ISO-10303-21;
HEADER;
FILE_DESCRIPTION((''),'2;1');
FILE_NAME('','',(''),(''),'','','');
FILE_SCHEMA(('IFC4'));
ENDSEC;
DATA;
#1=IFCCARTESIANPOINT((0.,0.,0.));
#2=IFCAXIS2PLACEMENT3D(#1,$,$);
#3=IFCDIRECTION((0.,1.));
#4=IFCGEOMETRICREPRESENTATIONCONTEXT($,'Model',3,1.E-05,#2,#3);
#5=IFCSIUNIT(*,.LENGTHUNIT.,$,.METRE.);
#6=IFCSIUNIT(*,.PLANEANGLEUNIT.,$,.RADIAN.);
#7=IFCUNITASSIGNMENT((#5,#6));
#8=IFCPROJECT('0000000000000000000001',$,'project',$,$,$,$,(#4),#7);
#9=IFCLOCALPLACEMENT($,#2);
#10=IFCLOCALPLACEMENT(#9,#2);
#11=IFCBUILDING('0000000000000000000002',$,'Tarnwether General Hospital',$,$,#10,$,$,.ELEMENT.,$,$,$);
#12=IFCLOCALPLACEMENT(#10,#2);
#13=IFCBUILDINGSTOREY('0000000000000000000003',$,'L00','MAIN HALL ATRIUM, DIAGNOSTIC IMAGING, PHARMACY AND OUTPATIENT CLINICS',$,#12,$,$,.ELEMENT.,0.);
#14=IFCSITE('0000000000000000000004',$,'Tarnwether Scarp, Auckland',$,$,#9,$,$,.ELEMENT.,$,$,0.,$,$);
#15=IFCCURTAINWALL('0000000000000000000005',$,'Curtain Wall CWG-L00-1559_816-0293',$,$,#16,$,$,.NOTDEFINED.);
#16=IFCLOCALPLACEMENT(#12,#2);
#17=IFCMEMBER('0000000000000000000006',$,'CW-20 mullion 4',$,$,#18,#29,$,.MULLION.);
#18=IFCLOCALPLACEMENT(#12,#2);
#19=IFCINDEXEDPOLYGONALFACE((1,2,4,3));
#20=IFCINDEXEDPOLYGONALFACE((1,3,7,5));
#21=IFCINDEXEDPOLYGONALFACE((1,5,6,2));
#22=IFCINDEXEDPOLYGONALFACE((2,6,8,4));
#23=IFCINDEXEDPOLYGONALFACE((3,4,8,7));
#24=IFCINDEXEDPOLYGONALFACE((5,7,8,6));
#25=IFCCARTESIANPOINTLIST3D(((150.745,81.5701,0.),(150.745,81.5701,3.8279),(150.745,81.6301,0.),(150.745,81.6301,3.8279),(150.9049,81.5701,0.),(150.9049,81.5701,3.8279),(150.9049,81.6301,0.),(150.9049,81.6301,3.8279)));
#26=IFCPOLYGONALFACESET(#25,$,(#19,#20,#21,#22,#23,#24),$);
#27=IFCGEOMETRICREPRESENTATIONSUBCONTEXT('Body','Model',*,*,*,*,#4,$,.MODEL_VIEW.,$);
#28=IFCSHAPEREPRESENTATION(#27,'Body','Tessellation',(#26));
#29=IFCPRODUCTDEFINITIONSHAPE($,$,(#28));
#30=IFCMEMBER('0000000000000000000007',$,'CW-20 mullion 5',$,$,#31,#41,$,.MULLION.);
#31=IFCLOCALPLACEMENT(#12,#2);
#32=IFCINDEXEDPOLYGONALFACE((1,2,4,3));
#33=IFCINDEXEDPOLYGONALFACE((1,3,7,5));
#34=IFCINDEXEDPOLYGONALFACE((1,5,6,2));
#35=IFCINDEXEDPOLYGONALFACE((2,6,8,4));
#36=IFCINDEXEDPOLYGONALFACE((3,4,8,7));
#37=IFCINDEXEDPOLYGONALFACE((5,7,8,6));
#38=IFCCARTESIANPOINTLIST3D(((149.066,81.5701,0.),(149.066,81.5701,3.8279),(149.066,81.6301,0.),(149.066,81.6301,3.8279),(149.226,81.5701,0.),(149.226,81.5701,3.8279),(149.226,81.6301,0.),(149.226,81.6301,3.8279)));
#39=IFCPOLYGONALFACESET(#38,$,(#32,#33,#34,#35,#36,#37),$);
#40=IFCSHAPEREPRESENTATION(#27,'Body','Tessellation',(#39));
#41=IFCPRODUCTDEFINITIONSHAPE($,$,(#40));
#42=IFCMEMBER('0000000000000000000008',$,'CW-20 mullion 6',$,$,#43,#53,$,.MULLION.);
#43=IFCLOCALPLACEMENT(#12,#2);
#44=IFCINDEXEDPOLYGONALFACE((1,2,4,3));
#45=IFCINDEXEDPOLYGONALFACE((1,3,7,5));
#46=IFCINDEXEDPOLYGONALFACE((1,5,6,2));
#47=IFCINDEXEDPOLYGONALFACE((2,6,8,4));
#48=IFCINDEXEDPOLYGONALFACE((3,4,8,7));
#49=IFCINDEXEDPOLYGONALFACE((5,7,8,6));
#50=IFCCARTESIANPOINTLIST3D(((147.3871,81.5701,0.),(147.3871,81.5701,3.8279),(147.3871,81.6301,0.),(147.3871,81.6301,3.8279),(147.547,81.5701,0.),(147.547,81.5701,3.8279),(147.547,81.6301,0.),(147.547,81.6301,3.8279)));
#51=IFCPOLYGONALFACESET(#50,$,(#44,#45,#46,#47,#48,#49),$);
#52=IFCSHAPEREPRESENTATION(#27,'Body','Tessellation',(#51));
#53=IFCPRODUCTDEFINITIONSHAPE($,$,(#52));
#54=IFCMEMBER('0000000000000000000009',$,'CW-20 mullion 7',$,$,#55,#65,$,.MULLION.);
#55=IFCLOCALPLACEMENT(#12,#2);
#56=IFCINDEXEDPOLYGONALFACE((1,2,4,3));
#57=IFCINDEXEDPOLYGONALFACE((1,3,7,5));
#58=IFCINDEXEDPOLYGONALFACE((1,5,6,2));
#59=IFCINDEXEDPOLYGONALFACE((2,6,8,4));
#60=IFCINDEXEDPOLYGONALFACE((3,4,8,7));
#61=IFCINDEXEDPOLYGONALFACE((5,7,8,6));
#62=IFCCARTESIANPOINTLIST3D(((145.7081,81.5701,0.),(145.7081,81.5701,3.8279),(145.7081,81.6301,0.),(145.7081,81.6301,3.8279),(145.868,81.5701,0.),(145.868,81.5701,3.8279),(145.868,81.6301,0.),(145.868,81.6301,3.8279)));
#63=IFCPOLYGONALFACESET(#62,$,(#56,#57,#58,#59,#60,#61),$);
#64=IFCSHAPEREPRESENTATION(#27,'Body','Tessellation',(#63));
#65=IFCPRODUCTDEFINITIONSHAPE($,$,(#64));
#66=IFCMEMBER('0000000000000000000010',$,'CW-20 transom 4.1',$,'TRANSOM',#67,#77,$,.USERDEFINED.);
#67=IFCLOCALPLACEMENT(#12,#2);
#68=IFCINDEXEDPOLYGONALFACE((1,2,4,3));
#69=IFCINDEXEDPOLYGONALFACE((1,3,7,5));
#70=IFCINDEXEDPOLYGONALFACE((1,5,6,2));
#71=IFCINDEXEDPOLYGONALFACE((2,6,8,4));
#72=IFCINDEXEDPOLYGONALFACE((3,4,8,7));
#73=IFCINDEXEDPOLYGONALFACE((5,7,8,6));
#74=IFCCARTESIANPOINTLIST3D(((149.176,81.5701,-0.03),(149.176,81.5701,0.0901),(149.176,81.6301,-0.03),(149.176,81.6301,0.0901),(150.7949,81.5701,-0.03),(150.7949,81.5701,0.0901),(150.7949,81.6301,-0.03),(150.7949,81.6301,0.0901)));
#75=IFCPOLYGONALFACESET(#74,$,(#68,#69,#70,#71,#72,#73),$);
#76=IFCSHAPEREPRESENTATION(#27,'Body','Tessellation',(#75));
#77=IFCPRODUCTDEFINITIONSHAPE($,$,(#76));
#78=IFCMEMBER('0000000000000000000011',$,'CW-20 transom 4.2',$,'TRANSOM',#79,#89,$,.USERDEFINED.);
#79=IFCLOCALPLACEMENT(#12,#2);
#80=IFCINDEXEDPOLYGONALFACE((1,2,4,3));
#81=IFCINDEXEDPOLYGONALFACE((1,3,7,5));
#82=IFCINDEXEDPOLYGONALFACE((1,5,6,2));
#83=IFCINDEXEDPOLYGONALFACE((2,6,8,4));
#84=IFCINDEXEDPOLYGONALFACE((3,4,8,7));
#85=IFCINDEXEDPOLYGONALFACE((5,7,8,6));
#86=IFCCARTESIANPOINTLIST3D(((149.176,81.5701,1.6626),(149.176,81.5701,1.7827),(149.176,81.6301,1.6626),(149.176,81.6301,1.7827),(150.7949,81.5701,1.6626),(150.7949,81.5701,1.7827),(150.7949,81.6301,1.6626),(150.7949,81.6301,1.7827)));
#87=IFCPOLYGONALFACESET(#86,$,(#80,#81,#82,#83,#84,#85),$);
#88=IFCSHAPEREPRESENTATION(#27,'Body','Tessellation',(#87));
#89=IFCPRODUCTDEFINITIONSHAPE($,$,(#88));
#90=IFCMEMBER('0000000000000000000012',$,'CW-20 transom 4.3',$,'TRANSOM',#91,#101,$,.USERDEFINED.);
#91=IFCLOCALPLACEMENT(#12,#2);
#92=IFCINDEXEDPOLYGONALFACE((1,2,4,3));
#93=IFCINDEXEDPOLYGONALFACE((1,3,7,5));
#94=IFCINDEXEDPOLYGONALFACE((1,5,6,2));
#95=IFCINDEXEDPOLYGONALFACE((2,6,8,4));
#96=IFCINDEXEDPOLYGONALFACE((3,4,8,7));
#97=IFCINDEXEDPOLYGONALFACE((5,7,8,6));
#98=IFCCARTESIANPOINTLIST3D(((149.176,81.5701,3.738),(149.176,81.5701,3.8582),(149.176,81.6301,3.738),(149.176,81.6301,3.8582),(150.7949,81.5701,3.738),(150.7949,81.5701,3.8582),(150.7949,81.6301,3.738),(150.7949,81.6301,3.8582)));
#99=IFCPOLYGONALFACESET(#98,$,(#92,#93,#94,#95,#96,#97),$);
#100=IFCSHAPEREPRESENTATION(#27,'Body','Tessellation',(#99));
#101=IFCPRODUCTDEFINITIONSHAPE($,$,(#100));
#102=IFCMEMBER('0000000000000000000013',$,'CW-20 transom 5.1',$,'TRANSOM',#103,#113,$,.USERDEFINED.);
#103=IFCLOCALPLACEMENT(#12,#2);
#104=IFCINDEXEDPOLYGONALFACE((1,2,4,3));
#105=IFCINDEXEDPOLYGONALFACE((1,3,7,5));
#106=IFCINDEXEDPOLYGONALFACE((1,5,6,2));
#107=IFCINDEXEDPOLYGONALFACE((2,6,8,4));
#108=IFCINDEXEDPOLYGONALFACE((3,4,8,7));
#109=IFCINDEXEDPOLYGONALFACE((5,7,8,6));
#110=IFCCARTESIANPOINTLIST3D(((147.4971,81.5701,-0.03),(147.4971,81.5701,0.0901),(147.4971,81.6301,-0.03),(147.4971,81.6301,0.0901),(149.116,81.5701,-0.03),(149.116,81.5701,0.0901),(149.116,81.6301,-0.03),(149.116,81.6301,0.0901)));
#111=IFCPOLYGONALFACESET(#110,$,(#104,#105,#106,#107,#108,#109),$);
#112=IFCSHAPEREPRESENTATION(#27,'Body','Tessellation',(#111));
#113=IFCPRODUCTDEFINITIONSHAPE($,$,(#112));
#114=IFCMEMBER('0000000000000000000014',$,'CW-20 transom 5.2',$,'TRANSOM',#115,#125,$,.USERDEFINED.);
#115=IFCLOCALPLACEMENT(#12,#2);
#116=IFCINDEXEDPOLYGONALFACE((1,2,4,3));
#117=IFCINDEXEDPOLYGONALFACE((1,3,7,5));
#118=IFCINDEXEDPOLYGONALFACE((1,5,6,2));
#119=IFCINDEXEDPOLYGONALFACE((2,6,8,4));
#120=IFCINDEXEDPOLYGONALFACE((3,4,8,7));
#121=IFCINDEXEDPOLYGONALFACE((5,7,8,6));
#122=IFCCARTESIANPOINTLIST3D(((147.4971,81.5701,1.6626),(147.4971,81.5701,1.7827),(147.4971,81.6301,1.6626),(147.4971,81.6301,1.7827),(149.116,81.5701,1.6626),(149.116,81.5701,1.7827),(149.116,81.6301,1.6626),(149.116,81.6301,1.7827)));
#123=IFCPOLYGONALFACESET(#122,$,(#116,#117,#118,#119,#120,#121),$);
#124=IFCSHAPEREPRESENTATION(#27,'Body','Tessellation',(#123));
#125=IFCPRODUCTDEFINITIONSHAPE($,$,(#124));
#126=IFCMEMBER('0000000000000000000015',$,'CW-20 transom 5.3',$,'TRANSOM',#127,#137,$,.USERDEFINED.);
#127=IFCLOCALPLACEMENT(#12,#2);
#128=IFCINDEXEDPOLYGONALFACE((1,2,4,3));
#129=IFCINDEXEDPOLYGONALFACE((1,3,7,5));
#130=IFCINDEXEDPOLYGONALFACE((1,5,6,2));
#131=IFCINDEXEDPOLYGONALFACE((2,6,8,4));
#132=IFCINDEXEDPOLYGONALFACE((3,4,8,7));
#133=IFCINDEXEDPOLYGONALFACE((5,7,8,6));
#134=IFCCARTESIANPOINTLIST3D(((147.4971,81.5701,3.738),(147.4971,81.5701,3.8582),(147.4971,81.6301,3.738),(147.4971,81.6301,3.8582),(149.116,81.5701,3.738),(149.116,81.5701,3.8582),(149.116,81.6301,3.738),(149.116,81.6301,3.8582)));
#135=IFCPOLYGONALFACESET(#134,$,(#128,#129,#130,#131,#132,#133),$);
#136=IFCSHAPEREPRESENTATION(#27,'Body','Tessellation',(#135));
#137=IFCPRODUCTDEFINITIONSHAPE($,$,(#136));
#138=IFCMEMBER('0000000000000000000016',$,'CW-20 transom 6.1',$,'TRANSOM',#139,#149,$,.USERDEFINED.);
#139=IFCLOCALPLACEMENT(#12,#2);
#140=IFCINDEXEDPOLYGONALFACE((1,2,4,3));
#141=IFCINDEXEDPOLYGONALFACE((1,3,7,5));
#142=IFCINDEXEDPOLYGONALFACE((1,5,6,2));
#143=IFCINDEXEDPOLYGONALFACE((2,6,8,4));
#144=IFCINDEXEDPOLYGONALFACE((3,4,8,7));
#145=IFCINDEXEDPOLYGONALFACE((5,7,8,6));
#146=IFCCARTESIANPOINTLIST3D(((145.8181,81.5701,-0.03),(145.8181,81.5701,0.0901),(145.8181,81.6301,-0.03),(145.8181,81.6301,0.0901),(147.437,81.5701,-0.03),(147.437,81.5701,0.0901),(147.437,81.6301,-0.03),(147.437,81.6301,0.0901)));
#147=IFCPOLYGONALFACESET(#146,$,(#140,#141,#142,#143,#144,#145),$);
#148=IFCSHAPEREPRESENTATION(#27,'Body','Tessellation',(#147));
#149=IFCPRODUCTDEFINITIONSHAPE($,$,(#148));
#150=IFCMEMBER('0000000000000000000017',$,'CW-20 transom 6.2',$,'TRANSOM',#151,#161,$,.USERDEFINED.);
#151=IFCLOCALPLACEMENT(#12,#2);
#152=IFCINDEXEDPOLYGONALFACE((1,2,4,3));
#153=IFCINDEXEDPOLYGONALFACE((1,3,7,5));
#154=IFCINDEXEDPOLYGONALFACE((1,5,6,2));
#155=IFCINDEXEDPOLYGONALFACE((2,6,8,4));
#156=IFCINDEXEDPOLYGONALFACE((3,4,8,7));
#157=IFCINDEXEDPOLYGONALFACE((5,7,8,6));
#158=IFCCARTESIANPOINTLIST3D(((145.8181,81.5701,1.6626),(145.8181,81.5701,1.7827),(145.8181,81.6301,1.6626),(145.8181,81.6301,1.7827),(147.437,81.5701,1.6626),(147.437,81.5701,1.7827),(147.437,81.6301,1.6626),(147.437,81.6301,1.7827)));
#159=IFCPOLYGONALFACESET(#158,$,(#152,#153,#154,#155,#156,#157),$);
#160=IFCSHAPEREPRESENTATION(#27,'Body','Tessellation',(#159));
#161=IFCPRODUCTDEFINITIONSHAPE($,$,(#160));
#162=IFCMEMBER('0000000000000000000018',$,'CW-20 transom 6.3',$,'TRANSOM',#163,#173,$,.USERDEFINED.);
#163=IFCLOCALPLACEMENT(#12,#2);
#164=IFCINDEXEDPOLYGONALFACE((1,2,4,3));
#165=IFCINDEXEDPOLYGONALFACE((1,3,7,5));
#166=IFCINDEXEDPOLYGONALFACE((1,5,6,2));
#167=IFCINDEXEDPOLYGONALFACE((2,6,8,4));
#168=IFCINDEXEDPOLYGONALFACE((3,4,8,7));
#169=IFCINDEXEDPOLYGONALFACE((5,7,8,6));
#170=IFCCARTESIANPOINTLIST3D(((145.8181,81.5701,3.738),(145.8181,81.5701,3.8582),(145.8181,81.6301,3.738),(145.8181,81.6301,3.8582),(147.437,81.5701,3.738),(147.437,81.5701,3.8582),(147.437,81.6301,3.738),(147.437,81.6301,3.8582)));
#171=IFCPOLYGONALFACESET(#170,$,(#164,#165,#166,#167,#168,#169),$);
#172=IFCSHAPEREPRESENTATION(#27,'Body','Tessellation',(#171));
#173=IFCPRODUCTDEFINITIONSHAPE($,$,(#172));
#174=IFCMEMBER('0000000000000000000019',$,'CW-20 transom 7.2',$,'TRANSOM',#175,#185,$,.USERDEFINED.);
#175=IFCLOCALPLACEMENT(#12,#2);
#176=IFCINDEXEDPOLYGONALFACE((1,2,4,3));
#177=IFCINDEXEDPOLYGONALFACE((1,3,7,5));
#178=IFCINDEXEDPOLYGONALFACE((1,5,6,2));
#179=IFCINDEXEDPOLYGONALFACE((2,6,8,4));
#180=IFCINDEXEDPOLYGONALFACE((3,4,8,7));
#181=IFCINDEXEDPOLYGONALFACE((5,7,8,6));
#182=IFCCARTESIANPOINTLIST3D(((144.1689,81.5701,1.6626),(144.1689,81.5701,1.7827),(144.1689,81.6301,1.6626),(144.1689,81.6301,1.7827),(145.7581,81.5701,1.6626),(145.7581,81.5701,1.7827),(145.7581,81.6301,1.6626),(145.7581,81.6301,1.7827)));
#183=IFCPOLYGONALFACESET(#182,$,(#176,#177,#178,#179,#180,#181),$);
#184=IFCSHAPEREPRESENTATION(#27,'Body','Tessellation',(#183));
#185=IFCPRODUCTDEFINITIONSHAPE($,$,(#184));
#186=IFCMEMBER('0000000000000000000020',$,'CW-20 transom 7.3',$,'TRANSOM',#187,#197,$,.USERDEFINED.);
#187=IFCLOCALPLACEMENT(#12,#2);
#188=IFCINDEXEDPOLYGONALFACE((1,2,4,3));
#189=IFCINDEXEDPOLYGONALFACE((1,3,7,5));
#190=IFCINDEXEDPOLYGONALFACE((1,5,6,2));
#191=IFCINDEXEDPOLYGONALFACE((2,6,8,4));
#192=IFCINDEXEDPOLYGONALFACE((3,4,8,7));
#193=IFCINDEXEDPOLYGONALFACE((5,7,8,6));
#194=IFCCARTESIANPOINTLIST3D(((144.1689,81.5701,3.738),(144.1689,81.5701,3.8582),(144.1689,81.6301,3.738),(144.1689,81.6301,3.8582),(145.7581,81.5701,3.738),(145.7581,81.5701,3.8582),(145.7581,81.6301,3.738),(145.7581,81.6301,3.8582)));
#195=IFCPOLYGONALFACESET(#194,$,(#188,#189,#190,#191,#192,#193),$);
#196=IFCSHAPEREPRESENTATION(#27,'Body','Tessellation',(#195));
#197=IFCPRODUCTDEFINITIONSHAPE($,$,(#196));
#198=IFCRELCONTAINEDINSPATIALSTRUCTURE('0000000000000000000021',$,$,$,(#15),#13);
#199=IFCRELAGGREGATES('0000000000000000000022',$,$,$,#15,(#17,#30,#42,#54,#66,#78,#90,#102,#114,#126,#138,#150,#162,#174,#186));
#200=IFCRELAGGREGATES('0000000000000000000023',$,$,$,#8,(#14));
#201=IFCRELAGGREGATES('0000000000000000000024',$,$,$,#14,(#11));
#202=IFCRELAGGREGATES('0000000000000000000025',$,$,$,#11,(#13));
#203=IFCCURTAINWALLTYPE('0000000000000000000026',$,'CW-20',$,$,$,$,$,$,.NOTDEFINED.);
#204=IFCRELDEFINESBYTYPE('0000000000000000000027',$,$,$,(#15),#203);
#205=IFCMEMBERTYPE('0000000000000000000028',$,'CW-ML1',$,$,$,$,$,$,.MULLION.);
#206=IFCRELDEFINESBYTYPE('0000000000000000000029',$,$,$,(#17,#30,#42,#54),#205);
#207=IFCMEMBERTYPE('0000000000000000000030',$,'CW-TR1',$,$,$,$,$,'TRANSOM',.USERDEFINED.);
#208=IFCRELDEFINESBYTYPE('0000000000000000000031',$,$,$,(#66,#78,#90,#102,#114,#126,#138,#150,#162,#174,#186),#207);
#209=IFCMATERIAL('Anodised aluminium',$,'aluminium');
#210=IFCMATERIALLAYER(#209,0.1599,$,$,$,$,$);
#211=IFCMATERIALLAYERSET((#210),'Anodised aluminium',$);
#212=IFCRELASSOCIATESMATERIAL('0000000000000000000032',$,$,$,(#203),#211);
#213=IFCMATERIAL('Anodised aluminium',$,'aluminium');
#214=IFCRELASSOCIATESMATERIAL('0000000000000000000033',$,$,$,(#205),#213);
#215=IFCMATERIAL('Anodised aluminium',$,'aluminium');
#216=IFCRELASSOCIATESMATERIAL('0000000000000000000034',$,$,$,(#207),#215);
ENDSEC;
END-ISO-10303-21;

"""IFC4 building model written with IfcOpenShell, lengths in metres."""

from ifc_helpers import new_model, si_unit, direction, frame, origin, origin_2d, place, context, subcontext, project, spatial, rectangle, extrude, material, layer, layer_set, material_profile, profile_set, type_object, element, aggregate, save


model = new_model("IFC4")

# Units and contexts
model_context = context("Model", 3, precision=1e-05, world=origin(), true_north=direction((0.0, 1.0)))
body_context = subcontext(model_context, "Body", "Model", "MODEL_VIEW")
ifc_project = project(units=[si_unit("LENGTHUNIT", "METRE"), si_unit("PLANEANGLEUNIT", "RADIAN")], contexts=[model_context])

# Site, building, storey
site_placement = place(None, origin())
site = spatial("IfcSite", under=ifc_project, at=site_placement, Name="Tarnwether Scarp, Auckland", CompositionType="ELEMENT", RefElevation=0.0)
building_placement = place(site_placement, origin())
building = spatial("IfcBuilding", under=site, at=building_placement, Name="Tarnwether General Hospital", CompositionType="ELEMENT")
storey_placement = place(building_placement, origin())
storey = spatial("IfcBuildingStorey", under=building, at=storey_placement, Name="L00", Description="MAIN HALL ATRIUM, DIAGNOSTIC IMAGING, PHARMACY AND OUTPATIENT CLINICS", CompositionType="ELEMENT", Elevation=0.0)

# Curtain wall, members
ifc_material_1 = material(Name="Anodised aluminium", Category="aluminium")
ifc_layer_1 = layer(ifc_material_1, 0.1599)
ifc_layer_set_1 = layer_set([ifc_layer_1], Name="Anodised aluminium")
curtain_wall_type = type_object("IfcCurtainWallType", Name="CW-20", PredefinedType="NOTDEFINED", material=ifc_layer_set_1)
curtain_wall_placement = place(storey_placement, origin())
curtain_wall = element("IfcCurtainWall", 1, at=curtain_wall_placement, inside=storey, type_object=curtain_wall_type, Name="Curtain Wall CWG-L00-1559_816-0293", PredefinedType="NOTDEFINED")
ifc_material_2 = material(Name="Anodised aluminium", Category="aluminium")
ifc_material_profile_1 = material_profile(ifc_material_2, rectangle(XDim=0.0601, YDim=0.1599, at=origin_2d()), Name="ALU-MUL-60x160")
ifc_profile_set_1 = profile_set([ifc_material_profile_1], Name="Anodised aluminium")
member_type_1 = type_object("IfcMemberType", Name="CW-ML1", PredefinedType="MULLION", material=ifc_profile_set_1)
member_1_placement = place(storey_placement, frame((150.825, 81.6001, 0.0), z_axis=(0.0, 0.0, 1.0), x_axis=(0.0, -1.0, 0.0)))
member_1 = element("IfcMember", 2, at=member_1_placement, type_object=member_type_1, Name="CW-20 mullion 4", PredefinedType="MULLION", context=body_context, shape_type="SweptSolid", body=[
    extrude(rectangle(XDim=0.0601, YDim=0.1599, at=origin_2d()), origin(), (0.0, 0.0, 1.0), 3.8279),
])
member_2_placement = place(storey_placement, frame((149.146, 81.6001, 0.0), z_axis=(0.0, 0.0, 1.0), x_axis=(0.0, -1.0, 0.0)))
member_2 = element("IfcMember", 3, at=member_2_placement, type_object=member_type_1, Name="CW-20 mullion 5", PredefinedType="MULLION", context=body_context, shape_type="SweptSolid", body=[
    extrude(rectangle(XDim=0.0601, YDim=0.1599, at=origin_2d()), origin(), (0.0, 0.0, 1.0), 3.8279),
])
member_3_placement = place(storey_placement, frame((147.467, 81.6001, 0.0), z_axis=(0.0, 0.0, 1.0), x_axis=(0.0, -1.0, 0.0)))
member_3 = element("IfcMember", 4, at=member_3_placement, type_object=member_type_1, Name="CW-20 mullion 6", PredefinedType="MULLION", context=body_context, shape_type="SweptSolid", body=[
    extrude(rectangle(XDim=0.0601, YDim=0.1599, at=origin_2d()), origin(), (0.0, 0.0, 1.0), 3.8279),
])
member_4_placement = place(storey_placement, frame((145.7881, 81.6001, 0.0), z_axis=(0.0, 0.0, 1.0), x_axis=(0.0, -1.0, 0.0)))
member_4 = element("IfcMember", 5, at=member_4_placement, type_object=member_type_1, Name="CW-20 mullion 7", PredefinedType="MULLION", context=body_context, shape_type="SweptSolid", body=[
    extrude(rectangle(XDim=0.0601, YDim=0.1599, at=origin_2d()), origin(), (0.0, 0.0, 1.0), 3.8279),
])
ifc_material_3 = material(Name="Anodised aluminium", Category="aluminium")
ifc_material_profile_2 = material_profile(ifc_material_3, rectangle(XDim=0.0601, YDim=0.1201, at=origin_2d()), Name="ALU-TRN-60x120")
ifc_profile_set_2 = profile_set([ifc_material_profile_2], Name="Anodised aluminium")
member_type_2 = type_object("IfcMemberType", Name="CW-TR1", ElementType="TRANSOM", PredefinedType="USERDEFINED", material=ifc_profile_set_2)
member_5_placement = place(storey_placement, frame((150.7949, 81.6001, 0.03), z_axis=(-1.0, 0.0, 0.0), x_axis=(0.0, -1.0, 0.0)))
member_5 = element("IfcMember", 6, at=member_5_placement, type_object=member_type_2, Name="CW-20 transom 4.1", ObjectType="TRANSOM", PredefinedType="USERDEFINED", context=body_context, shape_type="SweptSolid", body=[
    extrude(rectangle(XDim=0.0601, YDim=0.1201, at=origin_2d()), origin(), (0.0, 0.0, 1.0), 1.6189),
])
member_6_placement = place(storey_placement, frame((150.7949, 81.6001, 1.7227), z_axis=(-1.0, 0.0, 0.0), x_axis=(0.0, -1.0, 0.0)))
member_6 = element("IfcMember", 7, at=member_6_placement, type_object=member_type_2, Name="CW-20 transom 4.2", ObjectType="TRANSOM", PredefinedType="USERDEFINED", context=body_context, shape_type="SweptSolid", body=[
    extrude(rectangle(XDim=0.0601, YDim=0.1201, at=origin_2d()), origin(), (0.0, 0.0, 1.0), 1.6189),
])
member_7_placement = place(storey_placement, frame((150.7949, 81.6001, 3.7981), z_axis=(-1.0, 0.0, 0.0), x_axis=(0.0, -1.0, 0.0)))
member_7 = element("IfcMember", 8, at=member_7_placement, type_object=member_type_2, Name="CW-20 transom 4.3", ObjectType="TRANSOM", PredefinedType="USERDEFINED", context=body_context, shape_type="SweptSolid", body=[
    extrude(rectangle(XDim=0.0601, YDim=0.1201, at=origin_2d()), origin(), (0.0, 0.0, 1.0), 1.6189),
])
member_8_placement = place(storey_placement, frame((149.116, 81.6001, 0.03), z_axis=(-1.0, 0.0, 0.0), x_axis=(0.0, -1.0, 0.0)))
member_8 = element("IfcMember", 9, at=member_8_placement, type_object=member_type_2, Name="CW-20 transom 5.1", ObjectType="TRANSOM", PredefinedType="USERDEFINED", context=body_context, shape_type="SweptSolid", body=[
    extrude(rectangle(XDim=0.0601, YDim=0.1201, at=origin_2d()), origin(), (0.0, 0.0, 1.0), 1.6189),
])
member_9_placement = place(storey_placement, frame((149.116, 81.6001, 1.7227), z_axis=(-1.0, 0.0, 0.0), x_axis=(0.0, -1.0, 0.0)))
member_9 = element("IfcMember", 10, at=member_9_placement, type_object=member_type_2, Name="CW-20 transom 5.2", ObjectType="TRANSOM", PredefinedType="USERDEFINED", context=body_context, shape_type="SweptSolid", body=[
    extrude(rectangle(XDim=0.0601, YDim=0.1201, at=origin_2d()), origin(), (0.0, 0.0, 1.0), 1.6189),
])
member_10_placement = place(storey_placement, frame((149.116, 81.6001, 3.7981), z_axis=(-1.0, 0.0, 0.0), x_axis=(0.0, -1.0, 0.0)))
member_10 = element("IfcMember", 11, at=member_10_placement, type_object=member_type_2, Name="CW-20 transom 5.3", ObjectType="TRANSOM", PredefinedType="USERDEFINED", context=body_context, shape_type="SweptSolid", body=[
    extrude(rectangle(XDim=0.0601, YDim=0.1201, at=origin_2d()), origin(), (0.0, 0.0, 1.0), 1.6189),
])
member_11_placement = place(storey_placement, frame((147.437, 81.6001, 0.03), z_axis=(-1.0, 0.0, 0.0), x_axis=(0.0, -1.0, 0.0)))
member_11 = element("IfcMember", 12, at=member_11_placement, type_object=member_type_2, Name="CW-20 transom 6.1", ObjectType="TRANSOM", PredefinedType="USERDEFINED", context=body_context, shape_type="SweptSolid", body=[
    extrude(rectangle(XDim=0.0601, YDim=0.1201, at=origin_2d()), origin(), (0.0, 0.0, 1.0), 1.6189),
])
member_12_placement = place(storey_placement, frame((147.437, 81.6001, 1.7227), z_axis=(-1.0, 0.0, 0.0), x_axis=(0.0, -1.0, 0.0)))
member_12 = element("IfcMember", 13, at=member_12_placement, type_object=member_type_2, Name="CW-20 transom 6.2", ObjectType="TRANSOM", PredefinedType="USERDEFINED", context=body_context, shape_type="SweptSolid", body=[
    extrude(rectangle(XDim=0.0601, YDim=0.1201, at=origin_2d()), origin(), (0.0, 0.0, 1.0), 1.6189),
])
member_13_placement = place(storey_placement, frame((147.437, 81.6001, 3.7981), z_axis=(-1.0, 0.0, 0.0), x_axis=(0.0, -1.0, 0.0)))
member_13 = element("IfcMember", 14, at=member_13_placement, type_object=member_type_2, Name="CW-20 transom 6.3", ObjectType="TRANSOM", PredefinedType="USERDEFINED", context=body_context, shape_type="SweptSolid", body=[
    extrude(rectangle(XDim=0.0601, YDim=0.1201, at=origin_2d()), origin(), (0.0, 0.0, 1.0), 1.6189),
])
member_14_placement = place(storey_placement, frame((145.7581, 81.6001, 1.7227), z_axis=(-1.0, 0.0, 0.0), x_axis=(0.0, -1.0, 0.0)))
member_14 = element("IfcMember", 15, at=member_14_placement, type_object=member_type_2, Name="CW-20 transom 7.2", ObjectType="TRANSOM", PredefinedType="USERDEFINED", context=body_context, shape_type="SweptSolid", body=[
    extrude(rectangle(XDim=0.0601, YDim=0.1201, at=origin_2d()), origin(), (0.0, 0.0, 1.0), 1.5891),
])
member_15_placement = place(storey_placement, frame((145.7581, 81.6001, 3.7981), z_axis=(-1.0, 0.0, 0.0), x_axis=(0.0, -1.0, 0.0)))
member_15 = element("IfcMember", 16, at=member_15_placement, type_object=member_type_2, Name="CW-20 transom 7.3", ObjectType="TRANSOM", PredefinedType="USERDEFINED", context=body_context, shape_type="SweptSolid", body=[
    extrude(rectangle(XDim=0.0601, YDim=0.1201, at=origin_2d()), origin(), (0.0, 0.0, 1.0), 1.5891),
])
aggregate(curtain_wall, [member_1, member_2, member_3, member_4, member_5, member_6, member_7, member_8, member_9, member_10, member_11, member_12, member_13, member_14, member_15])

save(model, "model.ifc")
